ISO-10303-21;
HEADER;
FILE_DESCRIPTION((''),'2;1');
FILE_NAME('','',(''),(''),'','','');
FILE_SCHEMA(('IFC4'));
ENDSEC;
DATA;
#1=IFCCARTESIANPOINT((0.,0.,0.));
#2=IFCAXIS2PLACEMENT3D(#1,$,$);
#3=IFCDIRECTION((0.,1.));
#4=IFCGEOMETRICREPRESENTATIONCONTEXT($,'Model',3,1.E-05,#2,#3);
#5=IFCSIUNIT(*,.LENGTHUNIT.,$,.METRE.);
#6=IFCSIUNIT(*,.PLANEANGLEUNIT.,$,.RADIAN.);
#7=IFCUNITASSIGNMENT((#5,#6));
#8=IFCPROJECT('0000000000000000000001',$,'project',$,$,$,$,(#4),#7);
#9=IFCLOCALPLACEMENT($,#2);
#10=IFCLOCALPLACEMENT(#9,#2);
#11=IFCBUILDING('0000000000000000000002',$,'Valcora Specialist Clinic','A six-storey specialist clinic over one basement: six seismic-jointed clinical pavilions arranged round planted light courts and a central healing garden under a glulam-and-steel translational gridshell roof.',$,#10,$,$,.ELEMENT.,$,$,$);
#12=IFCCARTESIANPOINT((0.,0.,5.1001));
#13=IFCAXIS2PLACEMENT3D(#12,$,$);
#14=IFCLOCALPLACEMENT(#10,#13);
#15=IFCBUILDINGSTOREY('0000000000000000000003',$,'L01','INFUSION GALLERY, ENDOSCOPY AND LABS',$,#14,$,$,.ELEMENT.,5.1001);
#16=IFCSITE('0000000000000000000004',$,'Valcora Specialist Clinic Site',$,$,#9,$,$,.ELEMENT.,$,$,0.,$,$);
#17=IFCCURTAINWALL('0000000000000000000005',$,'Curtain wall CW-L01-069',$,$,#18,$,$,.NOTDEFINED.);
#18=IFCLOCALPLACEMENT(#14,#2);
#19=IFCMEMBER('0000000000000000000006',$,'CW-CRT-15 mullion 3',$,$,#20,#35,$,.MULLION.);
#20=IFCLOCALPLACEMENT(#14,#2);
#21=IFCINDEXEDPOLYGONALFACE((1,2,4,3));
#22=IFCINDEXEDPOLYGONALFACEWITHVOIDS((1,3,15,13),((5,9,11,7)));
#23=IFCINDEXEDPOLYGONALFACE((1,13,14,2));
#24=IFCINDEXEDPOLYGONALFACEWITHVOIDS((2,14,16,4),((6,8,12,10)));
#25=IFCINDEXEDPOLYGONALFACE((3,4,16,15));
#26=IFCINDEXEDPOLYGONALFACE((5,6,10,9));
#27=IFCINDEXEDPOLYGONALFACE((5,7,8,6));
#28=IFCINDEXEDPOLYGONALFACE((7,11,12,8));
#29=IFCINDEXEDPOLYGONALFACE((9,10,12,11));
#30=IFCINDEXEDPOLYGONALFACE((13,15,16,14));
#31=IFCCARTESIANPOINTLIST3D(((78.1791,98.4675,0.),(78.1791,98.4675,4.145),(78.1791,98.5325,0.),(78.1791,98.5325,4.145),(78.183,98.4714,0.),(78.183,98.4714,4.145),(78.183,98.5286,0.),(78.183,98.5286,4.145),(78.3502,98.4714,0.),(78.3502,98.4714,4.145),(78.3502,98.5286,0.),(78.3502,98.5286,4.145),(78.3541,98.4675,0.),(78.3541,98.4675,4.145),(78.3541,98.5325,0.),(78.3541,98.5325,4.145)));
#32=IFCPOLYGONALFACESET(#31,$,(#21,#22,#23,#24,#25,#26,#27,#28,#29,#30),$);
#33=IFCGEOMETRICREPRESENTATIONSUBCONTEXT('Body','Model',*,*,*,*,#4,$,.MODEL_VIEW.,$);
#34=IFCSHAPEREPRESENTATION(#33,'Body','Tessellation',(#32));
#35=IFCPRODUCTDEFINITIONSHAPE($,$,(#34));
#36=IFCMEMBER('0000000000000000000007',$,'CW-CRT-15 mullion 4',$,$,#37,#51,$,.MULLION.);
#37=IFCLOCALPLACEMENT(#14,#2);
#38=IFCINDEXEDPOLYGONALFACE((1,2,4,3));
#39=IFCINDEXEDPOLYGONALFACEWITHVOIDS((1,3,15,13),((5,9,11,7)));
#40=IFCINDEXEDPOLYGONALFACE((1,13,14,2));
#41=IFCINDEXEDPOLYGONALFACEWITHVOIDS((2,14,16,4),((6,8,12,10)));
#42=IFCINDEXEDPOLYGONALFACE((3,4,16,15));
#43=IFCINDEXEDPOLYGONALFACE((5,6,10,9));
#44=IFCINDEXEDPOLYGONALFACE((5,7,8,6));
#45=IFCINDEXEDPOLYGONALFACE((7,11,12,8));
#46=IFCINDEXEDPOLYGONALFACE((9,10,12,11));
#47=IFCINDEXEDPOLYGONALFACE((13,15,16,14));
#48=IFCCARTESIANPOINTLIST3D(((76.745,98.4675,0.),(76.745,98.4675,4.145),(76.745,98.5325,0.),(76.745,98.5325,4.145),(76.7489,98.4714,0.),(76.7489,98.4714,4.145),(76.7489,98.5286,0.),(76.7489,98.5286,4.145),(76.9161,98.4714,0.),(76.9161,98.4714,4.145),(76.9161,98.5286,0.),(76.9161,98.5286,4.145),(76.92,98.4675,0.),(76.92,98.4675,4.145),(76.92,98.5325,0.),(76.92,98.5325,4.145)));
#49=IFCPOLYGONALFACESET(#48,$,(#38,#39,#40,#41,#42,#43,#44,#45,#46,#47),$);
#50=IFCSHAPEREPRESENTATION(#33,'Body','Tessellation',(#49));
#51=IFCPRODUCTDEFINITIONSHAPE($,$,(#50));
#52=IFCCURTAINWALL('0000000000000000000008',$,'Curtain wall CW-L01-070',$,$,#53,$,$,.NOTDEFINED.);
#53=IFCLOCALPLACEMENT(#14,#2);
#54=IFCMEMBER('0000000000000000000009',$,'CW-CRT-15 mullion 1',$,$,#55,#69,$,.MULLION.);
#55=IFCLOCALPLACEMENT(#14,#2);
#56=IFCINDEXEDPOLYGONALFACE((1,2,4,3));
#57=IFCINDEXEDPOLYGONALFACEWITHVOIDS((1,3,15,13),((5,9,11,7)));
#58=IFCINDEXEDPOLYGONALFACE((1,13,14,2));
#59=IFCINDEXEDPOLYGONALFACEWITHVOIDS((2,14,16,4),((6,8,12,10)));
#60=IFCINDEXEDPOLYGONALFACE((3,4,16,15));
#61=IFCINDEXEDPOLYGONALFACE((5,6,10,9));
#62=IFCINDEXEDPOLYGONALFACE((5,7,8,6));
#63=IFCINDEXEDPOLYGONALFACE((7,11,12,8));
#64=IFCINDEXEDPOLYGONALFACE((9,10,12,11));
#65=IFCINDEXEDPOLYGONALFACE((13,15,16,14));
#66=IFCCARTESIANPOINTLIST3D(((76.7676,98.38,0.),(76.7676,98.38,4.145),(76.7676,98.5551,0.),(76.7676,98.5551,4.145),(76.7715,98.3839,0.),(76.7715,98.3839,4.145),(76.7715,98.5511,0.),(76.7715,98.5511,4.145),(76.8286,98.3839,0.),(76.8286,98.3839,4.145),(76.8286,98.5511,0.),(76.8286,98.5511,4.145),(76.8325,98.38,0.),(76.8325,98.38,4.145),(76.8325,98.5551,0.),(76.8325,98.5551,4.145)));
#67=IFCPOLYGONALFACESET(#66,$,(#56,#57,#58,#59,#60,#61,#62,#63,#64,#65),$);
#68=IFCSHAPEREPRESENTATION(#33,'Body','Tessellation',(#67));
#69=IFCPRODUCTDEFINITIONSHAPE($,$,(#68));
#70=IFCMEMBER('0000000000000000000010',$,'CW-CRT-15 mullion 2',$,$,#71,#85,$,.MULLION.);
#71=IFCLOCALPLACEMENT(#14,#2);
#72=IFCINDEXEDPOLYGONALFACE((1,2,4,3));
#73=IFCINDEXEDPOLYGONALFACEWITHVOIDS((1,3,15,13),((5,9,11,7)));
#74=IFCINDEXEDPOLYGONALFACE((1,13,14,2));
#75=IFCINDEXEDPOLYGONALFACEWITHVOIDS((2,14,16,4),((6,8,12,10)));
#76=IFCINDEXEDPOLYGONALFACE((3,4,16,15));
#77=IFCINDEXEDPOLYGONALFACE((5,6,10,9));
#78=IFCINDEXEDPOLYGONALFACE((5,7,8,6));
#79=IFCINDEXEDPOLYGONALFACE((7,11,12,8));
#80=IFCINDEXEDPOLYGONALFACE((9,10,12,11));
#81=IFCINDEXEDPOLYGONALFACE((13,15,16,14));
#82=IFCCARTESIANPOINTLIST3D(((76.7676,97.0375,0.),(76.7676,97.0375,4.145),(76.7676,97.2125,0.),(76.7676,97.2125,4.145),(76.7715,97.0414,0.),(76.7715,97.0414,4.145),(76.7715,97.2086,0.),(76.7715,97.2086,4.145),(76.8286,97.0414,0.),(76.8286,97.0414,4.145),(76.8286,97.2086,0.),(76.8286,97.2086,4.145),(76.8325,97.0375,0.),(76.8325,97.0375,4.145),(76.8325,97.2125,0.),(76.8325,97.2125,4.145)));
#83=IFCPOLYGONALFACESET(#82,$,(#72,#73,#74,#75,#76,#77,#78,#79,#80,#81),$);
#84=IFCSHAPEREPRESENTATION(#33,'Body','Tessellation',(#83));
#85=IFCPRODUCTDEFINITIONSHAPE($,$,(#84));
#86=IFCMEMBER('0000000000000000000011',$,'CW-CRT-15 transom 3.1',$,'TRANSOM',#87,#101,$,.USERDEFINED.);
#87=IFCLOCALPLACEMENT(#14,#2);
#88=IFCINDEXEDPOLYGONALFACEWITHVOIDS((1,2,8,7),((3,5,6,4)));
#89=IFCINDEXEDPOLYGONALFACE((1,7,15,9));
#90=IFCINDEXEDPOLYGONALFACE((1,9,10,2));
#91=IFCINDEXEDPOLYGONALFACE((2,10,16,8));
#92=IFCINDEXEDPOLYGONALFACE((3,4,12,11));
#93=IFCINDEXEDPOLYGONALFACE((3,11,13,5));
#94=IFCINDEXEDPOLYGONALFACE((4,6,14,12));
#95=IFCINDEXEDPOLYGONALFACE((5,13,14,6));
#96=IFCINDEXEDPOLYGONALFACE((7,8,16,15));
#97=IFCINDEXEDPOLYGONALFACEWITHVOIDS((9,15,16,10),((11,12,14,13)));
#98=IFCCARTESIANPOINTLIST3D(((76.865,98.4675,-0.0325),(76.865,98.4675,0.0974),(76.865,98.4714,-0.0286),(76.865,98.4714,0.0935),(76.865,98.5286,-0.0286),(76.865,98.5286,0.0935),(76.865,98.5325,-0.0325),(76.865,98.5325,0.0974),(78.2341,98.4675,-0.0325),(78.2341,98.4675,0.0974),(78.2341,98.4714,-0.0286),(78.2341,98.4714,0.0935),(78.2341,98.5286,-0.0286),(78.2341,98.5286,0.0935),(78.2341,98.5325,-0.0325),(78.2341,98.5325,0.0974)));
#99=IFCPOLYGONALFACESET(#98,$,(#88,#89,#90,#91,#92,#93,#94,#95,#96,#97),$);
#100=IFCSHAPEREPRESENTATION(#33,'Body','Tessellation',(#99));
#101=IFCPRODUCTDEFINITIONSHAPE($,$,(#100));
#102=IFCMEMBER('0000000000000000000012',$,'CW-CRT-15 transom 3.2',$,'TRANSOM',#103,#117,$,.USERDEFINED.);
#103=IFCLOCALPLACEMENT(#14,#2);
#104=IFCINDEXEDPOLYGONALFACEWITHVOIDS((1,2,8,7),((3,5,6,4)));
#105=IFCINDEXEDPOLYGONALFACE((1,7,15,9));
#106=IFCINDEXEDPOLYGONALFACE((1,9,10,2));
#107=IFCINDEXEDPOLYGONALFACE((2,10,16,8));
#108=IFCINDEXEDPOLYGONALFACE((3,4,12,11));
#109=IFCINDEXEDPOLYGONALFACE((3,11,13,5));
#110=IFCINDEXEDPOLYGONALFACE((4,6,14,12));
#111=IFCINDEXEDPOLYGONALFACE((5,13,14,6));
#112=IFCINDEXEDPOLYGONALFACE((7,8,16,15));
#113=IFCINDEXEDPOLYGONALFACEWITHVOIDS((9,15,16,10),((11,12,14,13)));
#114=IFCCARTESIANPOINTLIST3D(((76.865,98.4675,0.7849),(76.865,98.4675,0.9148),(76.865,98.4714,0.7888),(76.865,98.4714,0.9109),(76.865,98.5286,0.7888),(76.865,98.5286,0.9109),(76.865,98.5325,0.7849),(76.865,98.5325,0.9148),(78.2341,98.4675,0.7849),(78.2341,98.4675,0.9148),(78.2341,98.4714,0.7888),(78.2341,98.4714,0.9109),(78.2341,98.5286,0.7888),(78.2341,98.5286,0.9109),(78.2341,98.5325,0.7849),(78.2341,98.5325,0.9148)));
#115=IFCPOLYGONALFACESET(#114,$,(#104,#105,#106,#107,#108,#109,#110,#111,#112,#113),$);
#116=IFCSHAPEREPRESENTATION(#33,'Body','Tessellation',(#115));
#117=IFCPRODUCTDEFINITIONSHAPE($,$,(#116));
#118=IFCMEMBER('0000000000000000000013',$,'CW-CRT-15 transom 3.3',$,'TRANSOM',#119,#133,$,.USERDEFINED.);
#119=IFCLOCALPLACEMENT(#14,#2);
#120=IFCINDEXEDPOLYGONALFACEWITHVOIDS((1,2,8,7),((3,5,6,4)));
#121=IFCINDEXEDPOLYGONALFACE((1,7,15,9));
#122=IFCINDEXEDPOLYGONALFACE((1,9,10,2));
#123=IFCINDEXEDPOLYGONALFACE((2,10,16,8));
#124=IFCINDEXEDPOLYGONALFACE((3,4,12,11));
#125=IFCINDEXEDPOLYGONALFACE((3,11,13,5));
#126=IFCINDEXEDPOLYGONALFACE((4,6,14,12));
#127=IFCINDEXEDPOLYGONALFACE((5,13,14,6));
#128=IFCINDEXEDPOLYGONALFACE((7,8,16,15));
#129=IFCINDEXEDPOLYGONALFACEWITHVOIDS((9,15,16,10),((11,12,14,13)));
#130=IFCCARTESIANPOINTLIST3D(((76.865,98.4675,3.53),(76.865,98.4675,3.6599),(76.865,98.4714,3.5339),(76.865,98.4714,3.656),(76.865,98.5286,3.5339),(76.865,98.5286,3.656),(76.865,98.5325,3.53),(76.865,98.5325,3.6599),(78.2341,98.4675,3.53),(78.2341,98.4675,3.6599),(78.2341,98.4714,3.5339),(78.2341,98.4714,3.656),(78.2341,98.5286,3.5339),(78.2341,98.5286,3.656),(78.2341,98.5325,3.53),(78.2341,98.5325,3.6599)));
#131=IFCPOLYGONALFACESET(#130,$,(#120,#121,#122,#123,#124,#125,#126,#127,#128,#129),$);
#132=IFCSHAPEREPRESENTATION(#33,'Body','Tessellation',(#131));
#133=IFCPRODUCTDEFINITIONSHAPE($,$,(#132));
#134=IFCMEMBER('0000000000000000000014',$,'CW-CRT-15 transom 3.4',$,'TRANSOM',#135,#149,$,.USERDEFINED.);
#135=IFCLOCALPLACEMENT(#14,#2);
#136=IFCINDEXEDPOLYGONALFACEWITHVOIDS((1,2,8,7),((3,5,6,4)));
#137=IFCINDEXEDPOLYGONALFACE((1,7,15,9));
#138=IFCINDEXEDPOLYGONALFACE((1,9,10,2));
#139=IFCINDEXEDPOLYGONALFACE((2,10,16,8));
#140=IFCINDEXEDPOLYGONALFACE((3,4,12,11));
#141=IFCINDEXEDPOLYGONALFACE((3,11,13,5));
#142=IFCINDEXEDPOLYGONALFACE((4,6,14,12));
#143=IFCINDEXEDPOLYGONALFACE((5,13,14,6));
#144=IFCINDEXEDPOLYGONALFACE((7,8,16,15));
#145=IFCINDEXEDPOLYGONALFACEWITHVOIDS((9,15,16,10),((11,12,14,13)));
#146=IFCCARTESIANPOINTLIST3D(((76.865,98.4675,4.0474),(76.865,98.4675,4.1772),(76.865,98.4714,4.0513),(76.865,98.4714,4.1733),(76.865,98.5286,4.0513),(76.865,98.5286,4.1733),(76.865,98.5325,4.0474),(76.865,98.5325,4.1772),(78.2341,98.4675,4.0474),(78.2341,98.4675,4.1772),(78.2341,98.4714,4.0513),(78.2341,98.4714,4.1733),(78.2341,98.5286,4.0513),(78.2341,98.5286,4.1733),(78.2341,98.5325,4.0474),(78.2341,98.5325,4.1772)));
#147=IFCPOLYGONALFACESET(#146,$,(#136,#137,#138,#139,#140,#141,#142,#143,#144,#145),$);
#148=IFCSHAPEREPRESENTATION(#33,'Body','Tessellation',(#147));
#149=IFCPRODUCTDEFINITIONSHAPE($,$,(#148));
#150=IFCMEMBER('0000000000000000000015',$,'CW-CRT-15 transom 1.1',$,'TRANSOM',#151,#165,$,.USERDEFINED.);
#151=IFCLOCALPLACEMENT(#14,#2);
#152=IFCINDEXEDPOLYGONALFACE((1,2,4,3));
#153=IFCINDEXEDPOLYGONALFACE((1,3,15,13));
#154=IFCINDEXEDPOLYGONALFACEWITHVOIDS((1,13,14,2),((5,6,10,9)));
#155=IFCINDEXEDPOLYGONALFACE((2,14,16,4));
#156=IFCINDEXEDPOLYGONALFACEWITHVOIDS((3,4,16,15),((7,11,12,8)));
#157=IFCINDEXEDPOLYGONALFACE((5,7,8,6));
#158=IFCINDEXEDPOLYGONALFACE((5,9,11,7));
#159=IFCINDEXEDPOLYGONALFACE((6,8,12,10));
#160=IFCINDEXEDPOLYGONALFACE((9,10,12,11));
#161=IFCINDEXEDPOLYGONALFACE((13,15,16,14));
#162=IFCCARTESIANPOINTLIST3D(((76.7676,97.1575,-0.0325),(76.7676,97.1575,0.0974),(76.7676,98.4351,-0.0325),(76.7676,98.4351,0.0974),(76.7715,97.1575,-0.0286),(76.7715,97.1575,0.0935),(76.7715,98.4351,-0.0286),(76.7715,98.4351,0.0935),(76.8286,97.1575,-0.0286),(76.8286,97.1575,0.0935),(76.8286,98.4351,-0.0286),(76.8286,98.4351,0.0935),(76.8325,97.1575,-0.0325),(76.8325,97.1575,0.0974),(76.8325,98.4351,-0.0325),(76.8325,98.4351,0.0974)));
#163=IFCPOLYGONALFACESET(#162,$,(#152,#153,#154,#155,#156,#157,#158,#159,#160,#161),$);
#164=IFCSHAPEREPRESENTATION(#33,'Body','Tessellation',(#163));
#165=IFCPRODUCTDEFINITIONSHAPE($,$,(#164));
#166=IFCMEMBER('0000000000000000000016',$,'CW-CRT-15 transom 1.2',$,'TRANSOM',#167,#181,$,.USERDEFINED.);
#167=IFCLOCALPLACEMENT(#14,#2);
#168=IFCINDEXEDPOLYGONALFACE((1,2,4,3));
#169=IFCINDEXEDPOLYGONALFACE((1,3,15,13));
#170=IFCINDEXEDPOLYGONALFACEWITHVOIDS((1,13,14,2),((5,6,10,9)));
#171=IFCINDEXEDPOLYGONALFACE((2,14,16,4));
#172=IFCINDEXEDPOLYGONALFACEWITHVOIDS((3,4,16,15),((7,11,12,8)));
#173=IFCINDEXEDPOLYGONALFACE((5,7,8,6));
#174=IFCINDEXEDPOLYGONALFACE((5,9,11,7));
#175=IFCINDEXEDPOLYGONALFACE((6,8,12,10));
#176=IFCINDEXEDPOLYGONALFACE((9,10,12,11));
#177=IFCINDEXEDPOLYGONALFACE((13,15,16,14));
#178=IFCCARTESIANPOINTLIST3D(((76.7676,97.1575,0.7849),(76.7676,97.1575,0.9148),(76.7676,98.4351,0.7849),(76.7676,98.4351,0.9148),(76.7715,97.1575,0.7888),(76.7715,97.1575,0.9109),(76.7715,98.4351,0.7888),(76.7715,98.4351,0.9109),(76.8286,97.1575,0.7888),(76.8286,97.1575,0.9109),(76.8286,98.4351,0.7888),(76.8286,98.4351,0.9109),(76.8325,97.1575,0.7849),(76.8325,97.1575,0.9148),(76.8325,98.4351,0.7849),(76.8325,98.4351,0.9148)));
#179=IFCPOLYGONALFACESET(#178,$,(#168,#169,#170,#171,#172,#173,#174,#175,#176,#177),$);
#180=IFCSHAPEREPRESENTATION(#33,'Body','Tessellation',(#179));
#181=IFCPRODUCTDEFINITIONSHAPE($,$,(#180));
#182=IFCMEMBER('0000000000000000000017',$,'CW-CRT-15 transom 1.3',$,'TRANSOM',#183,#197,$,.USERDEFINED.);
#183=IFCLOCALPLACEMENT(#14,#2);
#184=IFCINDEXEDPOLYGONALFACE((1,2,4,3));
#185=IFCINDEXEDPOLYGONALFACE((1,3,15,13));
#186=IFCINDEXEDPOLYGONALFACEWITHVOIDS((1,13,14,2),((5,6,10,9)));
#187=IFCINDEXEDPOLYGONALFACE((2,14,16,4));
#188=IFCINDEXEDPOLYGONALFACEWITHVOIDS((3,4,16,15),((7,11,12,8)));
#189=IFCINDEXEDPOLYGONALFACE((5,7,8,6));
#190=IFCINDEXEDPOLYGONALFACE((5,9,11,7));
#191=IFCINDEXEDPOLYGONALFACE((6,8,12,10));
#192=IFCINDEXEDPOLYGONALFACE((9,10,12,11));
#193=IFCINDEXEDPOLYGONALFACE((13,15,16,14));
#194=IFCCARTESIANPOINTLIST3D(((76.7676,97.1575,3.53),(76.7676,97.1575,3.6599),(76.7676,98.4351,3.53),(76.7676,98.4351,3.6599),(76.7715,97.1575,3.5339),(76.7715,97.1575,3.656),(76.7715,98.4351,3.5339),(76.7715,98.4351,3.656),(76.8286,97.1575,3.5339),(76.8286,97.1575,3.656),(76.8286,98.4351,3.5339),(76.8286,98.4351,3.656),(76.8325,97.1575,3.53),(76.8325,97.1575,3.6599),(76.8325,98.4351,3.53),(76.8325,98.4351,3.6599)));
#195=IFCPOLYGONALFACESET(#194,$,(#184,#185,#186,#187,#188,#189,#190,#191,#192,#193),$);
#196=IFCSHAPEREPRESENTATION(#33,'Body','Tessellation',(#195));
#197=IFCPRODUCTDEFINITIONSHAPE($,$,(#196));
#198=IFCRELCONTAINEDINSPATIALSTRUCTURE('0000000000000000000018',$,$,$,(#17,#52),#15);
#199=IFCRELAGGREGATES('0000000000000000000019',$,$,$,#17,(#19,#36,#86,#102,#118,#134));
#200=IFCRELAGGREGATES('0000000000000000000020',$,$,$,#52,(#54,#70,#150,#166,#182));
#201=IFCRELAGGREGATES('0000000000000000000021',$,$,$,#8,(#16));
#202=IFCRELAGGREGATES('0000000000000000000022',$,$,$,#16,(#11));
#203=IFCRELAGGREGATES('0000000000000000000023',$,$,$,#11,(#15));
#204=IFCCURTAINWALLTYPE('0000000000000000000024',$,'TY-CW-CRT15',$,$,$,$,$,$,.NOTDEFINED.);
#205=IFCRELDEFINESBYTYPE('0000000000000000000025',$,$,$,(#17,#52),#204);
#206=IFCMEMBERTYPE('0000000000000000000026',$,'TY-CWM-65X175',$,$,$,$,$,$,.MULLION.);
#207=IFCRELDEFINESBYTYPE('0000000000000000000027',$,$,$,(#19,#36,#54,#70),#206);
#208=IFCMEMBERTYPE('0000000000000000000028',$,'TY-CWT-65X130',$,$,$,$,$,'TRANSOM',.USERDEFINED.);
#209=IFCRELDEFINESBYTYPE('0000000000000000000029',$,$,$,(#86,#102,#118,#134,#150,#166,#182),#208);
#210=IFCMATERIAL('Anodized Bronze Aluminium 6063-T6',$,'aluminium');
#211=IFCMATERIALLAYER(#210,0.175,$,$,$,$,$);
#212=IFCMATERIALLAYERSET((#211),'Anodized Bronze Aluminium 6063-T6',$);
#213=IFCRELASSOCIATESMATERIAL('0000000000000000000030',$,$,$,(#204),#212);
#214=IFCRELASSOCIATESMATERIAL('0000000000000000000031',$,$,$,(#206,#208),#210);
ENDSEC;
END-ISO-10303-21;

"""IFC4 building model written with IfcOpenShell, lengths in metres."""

from ifc_helpers import new_model, si_unit, direction, frame, origin, origin_2d, place, context, subcontext, project, spatial, hollow_rectangle, extrude, material, layer, layer_set, material_profile, profile_set, type_object, element, aggregate, save


model = new_model("IFC4")

# Units and contexts
model_context = context("Model", 3, precision=1e-05, world=origin(), true_north=direction((0.0, 1.0)))
body_context = subcontext(model_context, "Body", "Model", "MODEL_VIEW")
ifc_project = project(units=[si_unit("LENGTHUNIT", "METRE"), si_unit("PLANEANGLEUNIT", "RADIAN")], contexts=[model_context])

# Site, building, storey
site_placement = place(None, origin())
site = spatial("IfcSite", under=ifc_project, at=site_placement, Name="Valcora Specialist Clinic Site", CompositionType="ELEMENT", RefElevation=0.0)
building_placement = place(site_placement, origin())
building = spatial("IfcBuilding", under=site, at=building_placement, Name="Valcora Specialist Clinic", Description="A six-storey specialist clinic over one basement: six seismic-jointed clinical pavilions arranged round planted light courts and a central healing garden under a glulam-and-steel translational gridshell roof.", CompositionType="ELEMENT")
storey_placement = place(building_placement, frame((0.0, 0.0, 5.1001)))
storey = spatial("IfcBuildingStorey", under=building, at=storey_placement, Name="L01", Description="INFUSION GALLERY, ENDOSCOPY AND LABS", CompositionType="ELEMENT", Elevation=5.1001)

# Curtain walls, members
ifc_material_1 = material(Name="Anodized Bronze Aluminium 6063-T6", Category="aluminium")
ifc_layer_1 = layer(ifc_material_1, 0.175)
ifc_layer_set_1 = layer_set([ifc_layer_1], Name="Anodized Bronze Aluminium 6063-T6")
curtain_wall_type = type_object("IfcCurtainWallType", Name="TY-CW-CRT15", PredefinedType="NOTDEFINED", material=ifc_layer_set_1)
curtain_wall_1_placement = place(storey_placement, origin())
curtain_wall_1 = element("IfcCurtainWall", 1, at=curtain_wall_1_placement, inside=storey, type_object=curtain_wall_type, Name="Curtain wall CW-L01-069", PredefinedType="NOTDEFINED")
ifc_material_profile_1 = material_profile(ifc_material_1, hollow_rectangle(XDim=0.0649, YDim=0.175, WallThickness=0.0039, at=origin_2d()), Name="AL-MUL-65X175")
ifc_profile_set_1 = profile_set([ifc_material_profile_1], Name="Anodized Bronze Aluminium 6063-T6")
member_type_1 = type_object("IfcMemberType", Name="TY-CWM-65X175", PredefinedType="MULLION", material=ifc_profile_set_1)
member_1_placement = place(storey_placement, frame((78.2666, 98.5, 0.0), z_axis=(0.0, 0.0, 1.0), x_axis=(0.0, -1.0, 0.0)))
member_1 = element("IfcMember", 2, at=member_1_placement, type_object=member_type_1, Name="CW-CRT-15 mullion 3", PredefinedType="MULLION", context=body_context, shape_type="SweptSolid", body=[
    extrude(hollow_rectangle(XDim=0.0649, YDim=0.175, WallThickness=0.0039, at=origin_2d()), origin(), (0.0, 0.0, 1.0), 4.145),
])
member_2_placement = place(storey_placement, frame((76.8325, 98.5, 0.0), z_axis=(0.0, 0.0, 1.0), x_axis=(0.0, -1.0, 0.0)))
member_2 = element("IfcMember", 3, at=member_2_placement, type_object=member_type_1, Name="CW-CRT-15 mullion 4", PredefinedType="MULLION", context=body_context, shape_type="SweptSolid", body=[
    extrude(hollow_rectangle(XDim=0.0649, YDim=0.175, WallThickness=0.0039, at=origin_2d()), origin(), (0.0, 0.0, 1.0), 4.145),
])
curtain_wall_2_placement = place(storey_placement, origin())
curtain_wall_2 = element("IfcCurtainWall", 4, at=curtain_wall_2_placement, inside=storey, type_object=curtain_wall_type, Name="Curtain wall CW-L01-070", PredefinedType="NOTDEFINED")
member_3_placement = place(storey_placement, frame((76.8, 98.4675, 0.0), z_axis=(0.0, 0.0, 1.0), x_axis=(1.0, 0.0, 0.0)))
member_3 = element("IfcMember", 5, at=member_3_placement, type_object=member_type_1, Name="CW-CRT-15 mullion 1", PredefinedType="MULLION", context=body_context, shape_type="SweptSolid", body=[
    extrude(hollow_rectangle(XDim=0.0649, YDim=0.175, WallThickness=0.0039, at=origin_2d()), origin(), (0.0, 0.0, 1.0), 4.145),
])
member_4_placement = place(storey_placement, frame((76.8, 97.125, 0.0), z_axis=(0.0, 0.0, 1.0), x_axis=(1.0, 0.0, 0.0)))
member_4 = element("IfcMember", 6, at=member_4_placement, type_object=member_type_1, Name="CW-CRT-15 mullion 2", PredefinedType="MULLION", context=body_context, shape_type="SweptSolid", body=[
    extrude(hollow_rectangle(XDim=0.0649, YDim=0.175, WallThickness=0.0039, at=origin_2d()), origin(), (0.0, 0.0, 1.0), 4.145),
])

# Members
ifc_material_profile_2 = material_profile(ifc_material_1, hollow_rectangle(XDim=0.0649, YDim=0.1299, WallThickness=0.0039, at=origin_2d()), Name="AL-TRN-65X130")
ifc_profile_set_2 = profile_set([ifc_material_profile_2], Name="Anodized Bronze Aluminium 6063-T6")
member_type_2 = type_object("IfcMemberType", Name="TY-CWT-65X130", ElementType="TRANSOM", PredefinedType="USERDEFINED", material=ifc_profile_set_2)
member_5_placement = place(storey_placement, frame((78.2341, 98.5, 0.0325), z_axis=(-1.0, 0.0, 0.0), x_axis=(0.0, -1.0, 0.0)))
member_5 = element("IfcMember", 7, at=member_5_placement, type_object=member_type_2, Name="CW-CRT-15 transom 3.1", ObjectType="TRANSOM", PredefinedType="USERDEFINED", context=body_context, shape_type="SweptSolid", body=[
    extrude(hollow_rectangle(XDim=0.0649, YDim=0.1299, WallThickness=0.0039, at=origin_2d()), origin(), (0.0, 0.0, 1.0), 1.3691),
])
member_6_placement = place(storey_placement, frame((78.2341, 98.5, 0.8499), z_axis=(-1.0, 0.0, 0.0), x_axis=(0.0, -1.0, 0.0)))
member_6 = element("IfcMember", 8, at=member_6_placement, type_object=member_type_2, Name="CW-CRT-15 transom 3.2", ObjectType="TRANSOM", PredefinedType="USERDEFINED", context=body_context, shape_type="SweptSolid", body=[
    extrude(hollow_rectangle(XDim=0.0649, YDim=0.1299, WallThickness=0.0039, at=origin_2d()), origin(), (0.0, 0.0, 1.0), 1.3691),
])
member_7_placement = place(storey_placement, frame((78.2341, 98.5, 3.595), z_axis=(-1.0, 0.0, 0.0), x_axis=(0.0, -1.0, 0.0)))
member_7 = element("IfcMember", 9, at=member_7_placement, type_object=member_type_2, Name="CW-CRT-15 transom 3.3", ObjectType="TRANSOM", PredefinedType="USERDEFINED", context=body_context, shape_type="SweptSolid", body=[
    extrude(hollow_rectangle(XDim=0.0649, YDim=0.1299, WallThickness=0.0039, at=origin_2d()), origin(), (0.0, 0.0, 1.0), 1.3691),
])
member_8_placement = place(storey_placement, frame((78.2341, 98.5, 4.1123), z_axis=(-1.0, 0.0, 0.0), x_axis=(0.0, -1.0, 0.0)))
member_8 = element("IfcMember", 10, at=member_8_placement, type_object=member_type_2, Name="CW-CRT-15 transom 3.4", ObjectType="TRANSOM", PredefinedType="USERDEFINED", context=body_context, shape_type="SweptSolid", body=[
    extrude(hollow_rectangle(XDim=0.0649, YDim=0.1299, WallThickness=0.0039, at=origin_2d()), origin(), (0.0, 0.0, 1.0), 1.3691),
])
member_9_placement = place(storey_placement, frame((76.8, 98.4351, 0.0325), z_axis=(0.0, -1.0, 0.0), x_axis=(1.0, 0.0, 0.0)))
member_9 = element("IfcMember", 11, at=member_9_placement, type_object=member_type_2, Name="CW-CRT-15 transom 1.1", ObjectType="TRANSOM", PredefinedType="USERDEFINED", context=body_context, shape_type="SweptSolid", body=[
    extrude(hollow_rectangle(XDim=0.0649, YDim=0.1299, WallThickness=0.0039, at=origin_2d()), origin(), (0.0, 0.0, 1.0), 1.2776),
])
member_10_placement = place(storey_placement, frame((76.8, 98.4351, 0.8499), z_axis=(0.0, -1.0, 0.0), x_axis=(1.0, 0.0, 0.0)))
member_10 = element("IfcMember", 12, at=member_10_placement, type_object=member_type_2, Name="CW-CRT-15 transom 1.2", ObjectType="TRANSOM", PredefinedType="USERDEFINED", context=body_context, shape_type="SweptSolid", body=[
    extrude(hollow_rectangle(XDim=0.0649, YDim=0.1299, WallThickness=0.0039, at=origin_2d()), origin(), (0.0, 0.0, 1.0), 1.2776),
])
member_11_placement = place(storey_placement, frame((76.8, 98.4351, 3.595), z_axis=(0.0, -1.0, 0.0), x_axis=(1.0, 0.0, 0.0)))
member_11 = element("IfcMember", 13, at=member_11_placement, type_object=member_type_2, Name="CW-CRT-15 transom 1.3", ObjectType="TRANSOM", PredefinedType="USERDEFINED", context=body_context, shape_type="SweptSolid", body=[
    extrude(hollow_rectangle(XDim=0.0649, YDim=0.1299, WallThickness=0.0039, at=origin_2d()), origin(), (0.0, 0.0, 1.0), 1.2776),
])

aggregate(curtain_wall_1, [member_1, member_2, member_5, member_6, member_7, member_8])
aggregate(curtain_wall_2, [member_3, member_4, member_9, member_10, member_11])

save(model, "model.ifc")
